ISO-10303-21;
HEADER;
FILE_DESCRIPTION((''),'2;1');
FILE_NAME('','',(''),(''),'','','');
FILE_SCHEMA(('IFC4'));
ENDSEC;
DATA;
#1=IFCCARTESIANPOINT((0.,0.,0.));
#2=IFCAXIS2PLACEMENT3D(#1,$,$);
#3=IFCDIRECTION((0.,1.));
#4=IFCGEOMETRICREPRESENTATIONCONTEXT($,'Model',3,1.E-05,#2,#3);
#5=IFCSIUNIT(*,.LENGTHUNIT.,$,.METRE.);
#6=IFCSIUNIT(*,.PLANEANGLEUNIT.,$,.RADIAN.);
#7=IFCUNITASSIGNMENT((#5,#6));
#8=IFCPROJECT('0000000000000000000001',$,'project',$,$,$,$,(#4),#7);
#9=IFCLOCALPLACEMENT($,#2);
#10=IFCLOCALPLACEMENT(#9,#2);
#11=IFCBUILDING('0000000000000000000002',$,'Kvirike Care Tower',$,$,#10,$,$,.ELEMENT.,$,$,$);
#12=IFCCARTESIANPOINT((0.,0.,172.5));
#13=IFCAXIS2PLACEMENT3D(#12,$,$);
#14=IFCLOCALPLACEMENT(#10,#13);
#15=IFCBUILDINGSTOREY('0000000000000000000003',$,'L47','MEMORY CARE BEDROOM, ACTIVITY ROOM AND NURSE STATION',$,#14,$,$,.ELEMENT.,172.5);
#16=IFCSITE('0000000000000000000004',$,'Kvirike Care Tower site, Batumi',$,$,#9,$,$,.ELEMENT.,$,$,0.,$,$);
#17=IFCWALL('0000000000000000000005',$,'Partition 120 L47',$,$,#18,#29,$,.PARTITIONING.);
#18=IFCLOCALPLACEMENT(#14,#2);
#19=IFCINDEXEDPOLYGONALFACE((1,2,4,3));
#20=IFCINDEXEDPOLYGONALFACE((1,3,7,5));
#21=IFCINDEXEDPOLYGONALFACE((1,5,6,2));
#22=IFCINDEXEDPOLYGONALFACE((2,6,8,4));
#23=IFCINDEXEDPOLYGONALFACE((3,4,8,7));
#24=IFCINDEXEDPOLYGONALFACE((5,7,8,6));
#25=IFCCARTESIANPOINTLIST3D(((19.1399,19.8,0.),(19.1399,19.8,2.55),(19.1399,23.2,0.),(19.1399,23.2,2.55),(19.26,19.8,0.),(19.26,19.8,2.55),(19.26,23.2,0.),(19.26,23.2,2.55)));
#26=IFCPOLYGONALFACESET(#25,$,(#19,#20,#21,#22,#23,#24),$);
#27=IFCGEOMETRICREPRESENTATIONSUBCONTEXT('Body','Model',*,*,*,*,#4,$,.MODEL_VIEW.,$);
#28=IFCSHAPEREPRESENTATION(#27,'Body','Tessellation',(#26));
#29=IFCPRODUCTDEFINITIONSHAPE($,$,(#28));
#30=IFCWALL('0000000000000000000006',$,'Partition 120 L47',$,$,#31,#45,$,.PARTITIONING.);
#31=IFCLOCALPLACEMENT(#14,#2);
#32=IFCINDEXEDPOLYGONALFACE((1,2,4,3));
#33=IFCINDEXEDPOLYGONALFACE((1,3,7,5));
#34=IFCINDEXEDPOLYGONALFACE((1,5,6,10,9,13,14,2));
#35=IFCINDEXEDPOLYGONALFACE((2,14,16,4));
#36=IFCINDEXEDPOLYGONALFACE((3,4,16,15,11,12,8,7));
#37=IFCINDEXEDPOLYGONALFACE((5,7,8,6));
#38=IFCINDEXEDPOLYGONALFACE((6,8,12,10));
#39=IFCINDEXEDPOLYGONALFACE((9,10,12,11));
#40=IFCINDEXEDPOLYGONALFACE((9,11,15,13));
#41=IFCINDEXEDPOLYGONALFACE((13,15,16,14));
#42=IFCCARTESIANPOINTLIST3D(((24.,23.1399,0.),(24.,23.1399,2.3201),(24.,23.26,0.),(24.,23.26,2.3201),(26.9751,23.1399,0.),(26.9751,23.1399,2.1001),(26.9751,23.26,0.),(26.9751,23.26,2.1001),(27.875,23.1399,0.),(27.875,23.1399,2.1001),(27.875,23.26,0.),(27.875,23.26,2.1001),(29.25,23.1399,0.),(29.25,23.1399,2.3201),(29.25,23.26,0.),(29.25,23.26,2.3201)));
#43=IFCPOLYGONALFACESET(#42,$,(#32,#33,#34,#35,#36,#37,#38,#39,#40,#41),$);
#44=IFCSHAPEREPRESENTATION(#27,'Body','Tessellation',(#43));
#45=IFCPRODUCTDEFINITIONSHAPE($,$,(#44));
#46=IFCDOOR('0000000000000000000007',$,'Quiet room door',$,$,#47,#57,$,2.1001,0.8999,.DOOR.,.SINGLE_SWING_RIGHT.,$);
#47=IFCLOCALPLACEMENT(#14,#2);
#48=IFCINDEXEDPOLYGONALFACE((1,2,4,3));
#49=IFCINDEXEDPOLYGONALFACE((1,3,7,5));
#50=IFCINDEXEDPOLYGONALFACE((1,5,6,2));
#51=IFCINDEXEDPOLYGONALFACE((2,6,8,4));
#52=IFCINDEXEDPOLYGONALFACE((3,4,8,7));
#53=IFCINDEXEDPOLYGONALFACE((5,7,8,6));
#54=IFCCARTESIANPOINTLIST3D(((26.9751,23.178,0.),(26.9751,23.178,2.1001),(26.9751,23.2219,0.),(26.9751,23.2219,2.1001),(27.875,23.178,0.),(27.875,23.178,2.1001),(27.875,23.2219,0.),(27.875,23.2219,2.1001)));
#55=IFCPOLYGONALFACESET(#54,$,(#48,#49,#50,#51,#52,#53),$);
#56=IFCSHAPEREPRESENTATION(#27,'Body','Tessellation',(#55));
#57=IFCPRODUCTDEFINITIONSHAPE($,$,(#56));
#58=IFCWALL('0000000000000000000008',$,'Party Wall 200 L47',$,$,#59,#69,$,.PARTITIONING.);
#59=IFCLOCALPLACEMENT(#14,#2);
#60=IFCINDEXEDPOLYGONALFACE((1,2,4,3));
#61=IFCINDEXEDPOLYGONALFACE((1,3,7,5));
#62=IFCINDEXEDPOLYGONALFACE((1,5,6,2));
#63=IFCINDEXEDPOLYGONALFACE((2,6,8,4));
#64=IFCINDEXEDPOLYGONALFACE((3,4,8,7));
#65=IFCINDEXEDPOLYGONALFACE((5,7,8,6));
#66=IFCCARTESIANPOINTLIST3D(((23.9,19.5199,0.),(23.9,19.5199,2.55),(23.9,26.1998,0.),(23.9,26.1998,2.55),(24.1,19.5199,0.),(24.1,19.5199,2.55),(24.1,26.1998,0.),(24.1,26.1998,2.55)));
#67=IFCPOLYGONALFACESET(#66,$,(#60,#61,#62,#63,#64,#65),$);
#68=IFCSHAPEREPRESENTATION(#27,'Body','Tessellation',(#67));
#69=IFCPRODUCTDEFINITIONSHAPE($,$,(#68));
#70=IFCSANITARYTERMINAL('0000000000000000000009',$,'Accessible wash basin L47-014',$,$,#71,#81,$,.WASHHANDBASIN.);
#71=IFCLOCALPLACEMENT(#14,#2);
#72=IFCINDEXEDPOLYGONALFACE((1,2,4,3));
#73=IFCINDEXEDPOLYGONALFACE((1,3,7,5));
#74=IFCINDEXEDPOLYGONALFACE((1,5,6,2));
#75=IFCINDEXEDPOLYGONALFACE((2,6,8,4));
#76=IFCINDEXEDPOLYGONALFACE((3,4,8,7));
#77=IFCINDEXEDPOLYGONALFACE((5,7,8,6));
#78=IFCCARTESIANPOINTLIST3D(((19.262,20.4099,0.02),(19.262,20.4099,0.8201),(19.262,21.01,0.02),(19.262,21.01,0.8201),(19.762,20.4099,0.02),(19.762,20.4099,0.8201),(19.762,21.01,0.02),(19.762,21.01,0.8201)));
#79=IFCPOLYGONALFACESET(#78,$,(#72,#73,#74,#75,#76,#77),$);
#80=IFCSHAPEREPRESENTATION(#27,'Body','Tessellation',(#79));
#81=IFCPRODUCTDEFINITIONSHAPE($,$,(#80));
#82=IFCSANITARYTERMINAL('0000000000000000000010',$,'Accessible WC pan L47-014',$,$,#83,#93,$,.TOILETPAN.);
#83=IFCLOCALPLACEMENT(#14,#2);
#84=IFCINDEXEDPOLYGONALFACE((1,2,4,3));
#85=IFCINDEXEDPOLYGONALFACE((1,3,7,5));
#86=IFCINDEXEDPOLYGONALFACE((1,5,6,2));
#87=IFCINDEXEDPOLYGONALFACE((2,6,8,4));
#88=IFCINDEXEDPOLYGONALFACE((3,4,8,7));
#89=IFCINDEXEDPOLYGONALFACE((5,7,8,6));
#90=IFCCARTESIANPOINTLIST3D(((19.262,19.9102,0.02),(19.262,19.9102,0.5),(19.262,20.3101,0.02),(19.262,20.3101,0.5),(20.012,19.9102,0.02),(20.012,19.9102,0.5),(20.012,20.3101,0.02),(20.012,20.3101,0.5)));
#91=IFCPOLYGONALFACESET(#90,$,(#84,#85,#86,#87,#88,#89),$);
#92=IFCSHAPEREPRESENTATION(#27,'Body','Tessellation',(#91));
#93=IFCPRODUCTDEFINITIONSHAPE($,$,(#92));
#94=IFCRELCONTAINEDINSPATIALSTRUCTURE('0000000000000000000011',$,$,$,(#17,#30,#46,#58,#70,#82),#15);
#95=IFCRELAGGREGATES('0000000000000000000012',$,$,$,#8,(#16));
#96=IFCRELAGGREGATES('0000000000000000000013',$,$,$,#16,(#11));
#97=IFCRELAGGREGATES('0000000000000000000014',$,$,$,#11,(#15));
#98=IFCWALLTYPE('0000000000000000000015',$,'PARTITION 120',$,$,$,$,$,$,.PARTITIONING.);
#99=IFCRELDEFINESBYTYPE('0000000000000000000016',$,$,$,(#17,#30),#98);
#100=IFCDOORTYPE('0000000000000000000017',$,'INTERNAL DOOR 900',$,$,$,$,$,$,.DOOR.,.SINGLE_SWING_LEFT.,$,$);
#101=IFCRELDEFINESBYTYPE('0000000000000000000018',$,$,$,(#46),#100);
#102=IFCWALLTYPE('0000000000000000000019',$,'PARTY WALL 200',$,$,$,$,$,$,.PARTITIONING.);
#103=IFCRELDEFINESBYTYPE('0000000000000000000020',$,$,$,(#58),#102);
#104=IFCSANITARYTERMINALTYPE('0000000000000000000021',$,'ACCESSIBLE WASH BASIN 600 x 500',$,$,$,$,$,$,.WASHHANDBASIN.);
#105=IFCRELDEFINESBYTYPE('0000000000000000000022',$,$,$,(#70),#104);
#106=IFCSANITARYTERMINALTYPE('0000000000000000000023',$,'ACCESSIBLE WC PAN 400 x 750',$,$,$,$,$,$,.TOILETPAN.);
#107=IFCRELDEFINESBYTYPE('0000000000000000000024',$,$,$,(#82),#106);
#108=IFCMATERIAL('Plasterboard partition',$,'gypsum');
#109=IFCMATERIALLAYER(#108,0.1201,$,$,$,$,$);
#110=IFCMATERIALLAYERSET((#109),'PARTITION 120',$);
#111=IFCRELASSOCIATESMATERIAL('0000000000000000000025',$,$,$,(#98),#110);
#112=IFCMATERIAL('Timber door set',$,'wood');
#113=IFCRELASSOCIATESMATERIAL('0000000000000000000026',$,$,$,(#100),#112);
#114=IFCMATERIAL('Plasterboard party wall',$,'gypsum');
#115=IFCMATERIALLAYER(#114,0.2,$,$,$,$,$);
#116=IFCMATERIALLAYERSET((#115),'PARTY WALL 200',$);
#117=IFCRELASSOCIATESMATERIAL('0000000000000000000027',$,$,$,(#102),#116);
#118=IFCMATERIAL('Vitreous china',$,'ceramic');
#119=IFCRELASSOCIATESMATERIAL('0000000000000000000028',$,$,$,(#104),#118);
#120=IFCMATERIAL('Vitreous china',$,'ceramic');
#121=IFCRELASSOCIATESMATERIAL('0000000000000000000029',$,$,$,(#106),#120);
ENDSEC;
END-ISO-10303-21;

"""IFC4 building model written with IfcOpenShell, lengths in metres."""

from ifc_helpers import new_model, si_unit, direction, frame, frame_2d, origin, origin_2d, place, context, subcontext, project, spatial, rectangle, extrude, material, layer, layer_set, type_object, element, fill, save


model = new_model("IFC4")

# Units and contexts
model_context = context("Model", 3, precision=1e-05, world=origin(), true_north=direction((0.0, 1.0)))
body_context = subcontext(model_context, "Body", "Model", "MODEL_VIEW")
ifc_project = project(units=[si_unit("LENGTHUNIT", "METRE"), si_unit("PLANEANGLEUNIT", "RADIAN")], contexts=[model_context])

# Site, building, storey
site_placement = place(None, origin())
site = spatial("IfcSite", under=ifc_project, at=site_placement, Name="Kvirike Care Tower site, Batumi", CompositionType="ELEMENT", RefElevation=0.0)
building_placement = place(site_placement, origin())
building = spatial("IfcBuilding", under=site, at=building_placement, Name="Kvirike Care Tower", CompositionType="ELEMENT")
storey_placement = place(building_placement, frame((0.0, 0.0, 172.5)))
storey = spatial("IfcBuildingStorey", under=building, at=storey_placement, Name="L47", Description="MEMORY CARE BEDROOM, ACTIVITY ROOM AND NURSE STATION", CompositionType="ELEMENT", Elevation=172.5)

# Wall
ifc_material_1 = material(Name="Plasterboard partition", Category="gypsum")
ifc_layer_1 = layer(ifc_material_1, 0.1201)
ifc_layer_set_1 = layer_set([ifc_layer_1], Name="PARTITION 120")
wall_type_1 = type_object("IfcWallType", Name="PARTITION 120", PredefinedType="PARTITIONING", material=ifc_layer_set_1)
wall_1_placement = place(storey_placement, frame((19.2, 19.8, 0.0), z_axis=(0.0, 0.0, 1.0), x_axis=(0.0, 1.0, 0.0)))
element("IfcWall", 1, at=wall_1_placement, inside=storey, type_object=wall_type_1, Name="Partition 120 L47", PredefinedType="PARTITIONING", context=body_context, shape_type="SweptSolid", body=[
    extrude(rectangle(XDim=3.3999, YDim=0.1201, at=frame_2d((1.7, 0.0))), origin(), (0.0, 0.0, 1.0), 2.55),
])

# Wall, opening, door
wall_2_placement = place(storey_placement, frame((24.0, 23.2, 0.0), z_axis=(0.0, 0.0, 1.0), x_axis=(1.0, 0.0, 0.0)))
wall_2 = element("IfcWall", 2, at=wall_2_placement, inside=storey, type_object=wall_type_1, Name="Partition 120 L47", PredefinedType="PARTITIONING", context=body_context, shape_type="SweptSolid", body=[
    extrude(rectangle(XDim=5.25, YDim=0.1201, at=frame_2d((2.625, 0.0))), origin(), (0.0, 0.0, 1.0), 2.3201),
])
opening_1_placement = place(wall_2_placement, frame((2.9751, 0.0, 0.0)))
opening_1 = element("IfcOpeningElement", 3, at=opening_1_placement, cuts=wall_2, PredefinedType="OPENING", context=body_context, shape_type="SweptSolid", body=[
    extrude(rectangle(XDim=0.8999, YDim=2.1001, at=frame_2d((0.45, 1.05))), frame((0.0, 0.0706, 0.0), z_axis=(0.0, -1.0, 0.0), x_axis=(1.0, 0.0, 0.0)), (0.0, 0.0, 1.0), 0.1411),
])
ifc_material_2 = material(Name="Timber door set", Category="wood")
door_type_1 = type_object("IfcDoorType", Name="INTERNAL DOOR 900", OperationType="SINGLE_SWING_LEFT", PredefinedType="DOOR", material=ifc_material_2)
door_1_placement = place(opening_1_placement, origin())
door_1 = element("IfcDoor", 4, at=door_1_placement, inside=storey, type_object=door_type_1, Name="Quiet room door", OperationType="SINGLE_SWING_RIGHT", OverallHeight=2.1001, OverallWidth=0.8999, PredefinedType="DOOR", context=body_context, shape_type="SweptSolid", body=[
    extrude(rectangle(XDim=0.8999, YDim=2.1001, at=frame_2d((0.45, 1.05))), frame((0.0, 0.022, 0.0), z_axis=(0.0, -1.0, 0.0), x_axis=(1.0, 0.0, 0.0)), (0.0, 0.0, 1.0), 0.0439),
])
fill(opening_1, door_1)

# Wall
ifc_material_3 = material(Name="Plasterboard party wall", Category="gypsum")
ifc_layer_2 = layer(ifc_material_3, 0.2)
ifc_layer_set_2 = layer_set([ifc_layer_2], Name="PARTY WALL 200")
wall_type_2 = type_object("IfcWallType", Name="PARTY WALL 200", PredefinedType="PARTITIONING", material=ifc_layer_set_2)
wall_3_placement = place(storey_placement, frame((24.0, 19.52, 0.0), z_axis=(0.0, 0.0, 1.0), x_axis=(0.0, 1.0, 0.0)))
element("IfcWall", 5, at=wall_3_placement, inside=storey, type_object=wall_type_2, Name="Party Wall 200 L47", PredefinedType="PARTITIONING", context=body_context, shape_type="SweptSolid", body=[
    extrude(rectangle(XDim=6.6799, YDim=0.2, at=frame_2d((3.3398, 0.0))), origin(), (0.0, 0.0, 1.0), 2.55),
])

# Sanitary terminals
ifc_material_4 = material(Name="Vitreous china", Category="ceramic")
sanitary_terminal_type_1 = type_object("IfcSanitaryTerminalType", Name="ACCESSIBLE WASH BASIN 600 x 500", PredefinedType="WASHHANDBASIN", material=ifc_material_4)
sanitary_terminal_1_placement = place(storey_placement, frame((19.512, 20.71, 0.02), z_axis=(0.0, 0.0, 1.0), x_axis=(0.0, 1.0, 0.0)))
element("IfcSanitaryTerminal", 6, at=sanitary_terminal_1_placement, inside=storey, type_object=sanitary_terminal_type_1, Name="Accessible wash basin L47-014", PredefinedType="WASHHANDBASIN", context=body_context, shape_type="SweptSolid", body=[
    extrude(rectangle(XDim=0.6001, YDim=0.5, at=origin_2d()), origin(), (0.0, 0.0, 1.0), 0.8),
])
ifc_material_5 = material(Name="Vitreous china", Category="ceramic")
sanitary_terminal_type_2 = type_object("IfcSanitaryTerminalType", Name="ACCESSIBLE WC PAN 400 x 750", PredefinedType="TOILETPAN", material=ifc_material_5)
sanitary_terminal_2_placement = place(storey_placement, frame((19.637, 20.1101, 0.02), z_axis=(0.0, 0.0, 1.0), x_axis=(0.0, 1.0, 0.0)))
element("IfcSanitaryTerminal", 7, at=sanitary_terminal_2_placement, inside=storey, type_object=sanitary_terminal_type_2, Name="Accessible WC pan L47-014", PredefinedType="TOILETPAN", context=body_context, shape_type="SweptSolid", body=[
    extrude(rectangle(XDim=0.3999, YDim=0.75, at=origin_2d()), origin(), (0.0, 0.0, 1.0), 0.48),
])

save(model, "model.ifc")
